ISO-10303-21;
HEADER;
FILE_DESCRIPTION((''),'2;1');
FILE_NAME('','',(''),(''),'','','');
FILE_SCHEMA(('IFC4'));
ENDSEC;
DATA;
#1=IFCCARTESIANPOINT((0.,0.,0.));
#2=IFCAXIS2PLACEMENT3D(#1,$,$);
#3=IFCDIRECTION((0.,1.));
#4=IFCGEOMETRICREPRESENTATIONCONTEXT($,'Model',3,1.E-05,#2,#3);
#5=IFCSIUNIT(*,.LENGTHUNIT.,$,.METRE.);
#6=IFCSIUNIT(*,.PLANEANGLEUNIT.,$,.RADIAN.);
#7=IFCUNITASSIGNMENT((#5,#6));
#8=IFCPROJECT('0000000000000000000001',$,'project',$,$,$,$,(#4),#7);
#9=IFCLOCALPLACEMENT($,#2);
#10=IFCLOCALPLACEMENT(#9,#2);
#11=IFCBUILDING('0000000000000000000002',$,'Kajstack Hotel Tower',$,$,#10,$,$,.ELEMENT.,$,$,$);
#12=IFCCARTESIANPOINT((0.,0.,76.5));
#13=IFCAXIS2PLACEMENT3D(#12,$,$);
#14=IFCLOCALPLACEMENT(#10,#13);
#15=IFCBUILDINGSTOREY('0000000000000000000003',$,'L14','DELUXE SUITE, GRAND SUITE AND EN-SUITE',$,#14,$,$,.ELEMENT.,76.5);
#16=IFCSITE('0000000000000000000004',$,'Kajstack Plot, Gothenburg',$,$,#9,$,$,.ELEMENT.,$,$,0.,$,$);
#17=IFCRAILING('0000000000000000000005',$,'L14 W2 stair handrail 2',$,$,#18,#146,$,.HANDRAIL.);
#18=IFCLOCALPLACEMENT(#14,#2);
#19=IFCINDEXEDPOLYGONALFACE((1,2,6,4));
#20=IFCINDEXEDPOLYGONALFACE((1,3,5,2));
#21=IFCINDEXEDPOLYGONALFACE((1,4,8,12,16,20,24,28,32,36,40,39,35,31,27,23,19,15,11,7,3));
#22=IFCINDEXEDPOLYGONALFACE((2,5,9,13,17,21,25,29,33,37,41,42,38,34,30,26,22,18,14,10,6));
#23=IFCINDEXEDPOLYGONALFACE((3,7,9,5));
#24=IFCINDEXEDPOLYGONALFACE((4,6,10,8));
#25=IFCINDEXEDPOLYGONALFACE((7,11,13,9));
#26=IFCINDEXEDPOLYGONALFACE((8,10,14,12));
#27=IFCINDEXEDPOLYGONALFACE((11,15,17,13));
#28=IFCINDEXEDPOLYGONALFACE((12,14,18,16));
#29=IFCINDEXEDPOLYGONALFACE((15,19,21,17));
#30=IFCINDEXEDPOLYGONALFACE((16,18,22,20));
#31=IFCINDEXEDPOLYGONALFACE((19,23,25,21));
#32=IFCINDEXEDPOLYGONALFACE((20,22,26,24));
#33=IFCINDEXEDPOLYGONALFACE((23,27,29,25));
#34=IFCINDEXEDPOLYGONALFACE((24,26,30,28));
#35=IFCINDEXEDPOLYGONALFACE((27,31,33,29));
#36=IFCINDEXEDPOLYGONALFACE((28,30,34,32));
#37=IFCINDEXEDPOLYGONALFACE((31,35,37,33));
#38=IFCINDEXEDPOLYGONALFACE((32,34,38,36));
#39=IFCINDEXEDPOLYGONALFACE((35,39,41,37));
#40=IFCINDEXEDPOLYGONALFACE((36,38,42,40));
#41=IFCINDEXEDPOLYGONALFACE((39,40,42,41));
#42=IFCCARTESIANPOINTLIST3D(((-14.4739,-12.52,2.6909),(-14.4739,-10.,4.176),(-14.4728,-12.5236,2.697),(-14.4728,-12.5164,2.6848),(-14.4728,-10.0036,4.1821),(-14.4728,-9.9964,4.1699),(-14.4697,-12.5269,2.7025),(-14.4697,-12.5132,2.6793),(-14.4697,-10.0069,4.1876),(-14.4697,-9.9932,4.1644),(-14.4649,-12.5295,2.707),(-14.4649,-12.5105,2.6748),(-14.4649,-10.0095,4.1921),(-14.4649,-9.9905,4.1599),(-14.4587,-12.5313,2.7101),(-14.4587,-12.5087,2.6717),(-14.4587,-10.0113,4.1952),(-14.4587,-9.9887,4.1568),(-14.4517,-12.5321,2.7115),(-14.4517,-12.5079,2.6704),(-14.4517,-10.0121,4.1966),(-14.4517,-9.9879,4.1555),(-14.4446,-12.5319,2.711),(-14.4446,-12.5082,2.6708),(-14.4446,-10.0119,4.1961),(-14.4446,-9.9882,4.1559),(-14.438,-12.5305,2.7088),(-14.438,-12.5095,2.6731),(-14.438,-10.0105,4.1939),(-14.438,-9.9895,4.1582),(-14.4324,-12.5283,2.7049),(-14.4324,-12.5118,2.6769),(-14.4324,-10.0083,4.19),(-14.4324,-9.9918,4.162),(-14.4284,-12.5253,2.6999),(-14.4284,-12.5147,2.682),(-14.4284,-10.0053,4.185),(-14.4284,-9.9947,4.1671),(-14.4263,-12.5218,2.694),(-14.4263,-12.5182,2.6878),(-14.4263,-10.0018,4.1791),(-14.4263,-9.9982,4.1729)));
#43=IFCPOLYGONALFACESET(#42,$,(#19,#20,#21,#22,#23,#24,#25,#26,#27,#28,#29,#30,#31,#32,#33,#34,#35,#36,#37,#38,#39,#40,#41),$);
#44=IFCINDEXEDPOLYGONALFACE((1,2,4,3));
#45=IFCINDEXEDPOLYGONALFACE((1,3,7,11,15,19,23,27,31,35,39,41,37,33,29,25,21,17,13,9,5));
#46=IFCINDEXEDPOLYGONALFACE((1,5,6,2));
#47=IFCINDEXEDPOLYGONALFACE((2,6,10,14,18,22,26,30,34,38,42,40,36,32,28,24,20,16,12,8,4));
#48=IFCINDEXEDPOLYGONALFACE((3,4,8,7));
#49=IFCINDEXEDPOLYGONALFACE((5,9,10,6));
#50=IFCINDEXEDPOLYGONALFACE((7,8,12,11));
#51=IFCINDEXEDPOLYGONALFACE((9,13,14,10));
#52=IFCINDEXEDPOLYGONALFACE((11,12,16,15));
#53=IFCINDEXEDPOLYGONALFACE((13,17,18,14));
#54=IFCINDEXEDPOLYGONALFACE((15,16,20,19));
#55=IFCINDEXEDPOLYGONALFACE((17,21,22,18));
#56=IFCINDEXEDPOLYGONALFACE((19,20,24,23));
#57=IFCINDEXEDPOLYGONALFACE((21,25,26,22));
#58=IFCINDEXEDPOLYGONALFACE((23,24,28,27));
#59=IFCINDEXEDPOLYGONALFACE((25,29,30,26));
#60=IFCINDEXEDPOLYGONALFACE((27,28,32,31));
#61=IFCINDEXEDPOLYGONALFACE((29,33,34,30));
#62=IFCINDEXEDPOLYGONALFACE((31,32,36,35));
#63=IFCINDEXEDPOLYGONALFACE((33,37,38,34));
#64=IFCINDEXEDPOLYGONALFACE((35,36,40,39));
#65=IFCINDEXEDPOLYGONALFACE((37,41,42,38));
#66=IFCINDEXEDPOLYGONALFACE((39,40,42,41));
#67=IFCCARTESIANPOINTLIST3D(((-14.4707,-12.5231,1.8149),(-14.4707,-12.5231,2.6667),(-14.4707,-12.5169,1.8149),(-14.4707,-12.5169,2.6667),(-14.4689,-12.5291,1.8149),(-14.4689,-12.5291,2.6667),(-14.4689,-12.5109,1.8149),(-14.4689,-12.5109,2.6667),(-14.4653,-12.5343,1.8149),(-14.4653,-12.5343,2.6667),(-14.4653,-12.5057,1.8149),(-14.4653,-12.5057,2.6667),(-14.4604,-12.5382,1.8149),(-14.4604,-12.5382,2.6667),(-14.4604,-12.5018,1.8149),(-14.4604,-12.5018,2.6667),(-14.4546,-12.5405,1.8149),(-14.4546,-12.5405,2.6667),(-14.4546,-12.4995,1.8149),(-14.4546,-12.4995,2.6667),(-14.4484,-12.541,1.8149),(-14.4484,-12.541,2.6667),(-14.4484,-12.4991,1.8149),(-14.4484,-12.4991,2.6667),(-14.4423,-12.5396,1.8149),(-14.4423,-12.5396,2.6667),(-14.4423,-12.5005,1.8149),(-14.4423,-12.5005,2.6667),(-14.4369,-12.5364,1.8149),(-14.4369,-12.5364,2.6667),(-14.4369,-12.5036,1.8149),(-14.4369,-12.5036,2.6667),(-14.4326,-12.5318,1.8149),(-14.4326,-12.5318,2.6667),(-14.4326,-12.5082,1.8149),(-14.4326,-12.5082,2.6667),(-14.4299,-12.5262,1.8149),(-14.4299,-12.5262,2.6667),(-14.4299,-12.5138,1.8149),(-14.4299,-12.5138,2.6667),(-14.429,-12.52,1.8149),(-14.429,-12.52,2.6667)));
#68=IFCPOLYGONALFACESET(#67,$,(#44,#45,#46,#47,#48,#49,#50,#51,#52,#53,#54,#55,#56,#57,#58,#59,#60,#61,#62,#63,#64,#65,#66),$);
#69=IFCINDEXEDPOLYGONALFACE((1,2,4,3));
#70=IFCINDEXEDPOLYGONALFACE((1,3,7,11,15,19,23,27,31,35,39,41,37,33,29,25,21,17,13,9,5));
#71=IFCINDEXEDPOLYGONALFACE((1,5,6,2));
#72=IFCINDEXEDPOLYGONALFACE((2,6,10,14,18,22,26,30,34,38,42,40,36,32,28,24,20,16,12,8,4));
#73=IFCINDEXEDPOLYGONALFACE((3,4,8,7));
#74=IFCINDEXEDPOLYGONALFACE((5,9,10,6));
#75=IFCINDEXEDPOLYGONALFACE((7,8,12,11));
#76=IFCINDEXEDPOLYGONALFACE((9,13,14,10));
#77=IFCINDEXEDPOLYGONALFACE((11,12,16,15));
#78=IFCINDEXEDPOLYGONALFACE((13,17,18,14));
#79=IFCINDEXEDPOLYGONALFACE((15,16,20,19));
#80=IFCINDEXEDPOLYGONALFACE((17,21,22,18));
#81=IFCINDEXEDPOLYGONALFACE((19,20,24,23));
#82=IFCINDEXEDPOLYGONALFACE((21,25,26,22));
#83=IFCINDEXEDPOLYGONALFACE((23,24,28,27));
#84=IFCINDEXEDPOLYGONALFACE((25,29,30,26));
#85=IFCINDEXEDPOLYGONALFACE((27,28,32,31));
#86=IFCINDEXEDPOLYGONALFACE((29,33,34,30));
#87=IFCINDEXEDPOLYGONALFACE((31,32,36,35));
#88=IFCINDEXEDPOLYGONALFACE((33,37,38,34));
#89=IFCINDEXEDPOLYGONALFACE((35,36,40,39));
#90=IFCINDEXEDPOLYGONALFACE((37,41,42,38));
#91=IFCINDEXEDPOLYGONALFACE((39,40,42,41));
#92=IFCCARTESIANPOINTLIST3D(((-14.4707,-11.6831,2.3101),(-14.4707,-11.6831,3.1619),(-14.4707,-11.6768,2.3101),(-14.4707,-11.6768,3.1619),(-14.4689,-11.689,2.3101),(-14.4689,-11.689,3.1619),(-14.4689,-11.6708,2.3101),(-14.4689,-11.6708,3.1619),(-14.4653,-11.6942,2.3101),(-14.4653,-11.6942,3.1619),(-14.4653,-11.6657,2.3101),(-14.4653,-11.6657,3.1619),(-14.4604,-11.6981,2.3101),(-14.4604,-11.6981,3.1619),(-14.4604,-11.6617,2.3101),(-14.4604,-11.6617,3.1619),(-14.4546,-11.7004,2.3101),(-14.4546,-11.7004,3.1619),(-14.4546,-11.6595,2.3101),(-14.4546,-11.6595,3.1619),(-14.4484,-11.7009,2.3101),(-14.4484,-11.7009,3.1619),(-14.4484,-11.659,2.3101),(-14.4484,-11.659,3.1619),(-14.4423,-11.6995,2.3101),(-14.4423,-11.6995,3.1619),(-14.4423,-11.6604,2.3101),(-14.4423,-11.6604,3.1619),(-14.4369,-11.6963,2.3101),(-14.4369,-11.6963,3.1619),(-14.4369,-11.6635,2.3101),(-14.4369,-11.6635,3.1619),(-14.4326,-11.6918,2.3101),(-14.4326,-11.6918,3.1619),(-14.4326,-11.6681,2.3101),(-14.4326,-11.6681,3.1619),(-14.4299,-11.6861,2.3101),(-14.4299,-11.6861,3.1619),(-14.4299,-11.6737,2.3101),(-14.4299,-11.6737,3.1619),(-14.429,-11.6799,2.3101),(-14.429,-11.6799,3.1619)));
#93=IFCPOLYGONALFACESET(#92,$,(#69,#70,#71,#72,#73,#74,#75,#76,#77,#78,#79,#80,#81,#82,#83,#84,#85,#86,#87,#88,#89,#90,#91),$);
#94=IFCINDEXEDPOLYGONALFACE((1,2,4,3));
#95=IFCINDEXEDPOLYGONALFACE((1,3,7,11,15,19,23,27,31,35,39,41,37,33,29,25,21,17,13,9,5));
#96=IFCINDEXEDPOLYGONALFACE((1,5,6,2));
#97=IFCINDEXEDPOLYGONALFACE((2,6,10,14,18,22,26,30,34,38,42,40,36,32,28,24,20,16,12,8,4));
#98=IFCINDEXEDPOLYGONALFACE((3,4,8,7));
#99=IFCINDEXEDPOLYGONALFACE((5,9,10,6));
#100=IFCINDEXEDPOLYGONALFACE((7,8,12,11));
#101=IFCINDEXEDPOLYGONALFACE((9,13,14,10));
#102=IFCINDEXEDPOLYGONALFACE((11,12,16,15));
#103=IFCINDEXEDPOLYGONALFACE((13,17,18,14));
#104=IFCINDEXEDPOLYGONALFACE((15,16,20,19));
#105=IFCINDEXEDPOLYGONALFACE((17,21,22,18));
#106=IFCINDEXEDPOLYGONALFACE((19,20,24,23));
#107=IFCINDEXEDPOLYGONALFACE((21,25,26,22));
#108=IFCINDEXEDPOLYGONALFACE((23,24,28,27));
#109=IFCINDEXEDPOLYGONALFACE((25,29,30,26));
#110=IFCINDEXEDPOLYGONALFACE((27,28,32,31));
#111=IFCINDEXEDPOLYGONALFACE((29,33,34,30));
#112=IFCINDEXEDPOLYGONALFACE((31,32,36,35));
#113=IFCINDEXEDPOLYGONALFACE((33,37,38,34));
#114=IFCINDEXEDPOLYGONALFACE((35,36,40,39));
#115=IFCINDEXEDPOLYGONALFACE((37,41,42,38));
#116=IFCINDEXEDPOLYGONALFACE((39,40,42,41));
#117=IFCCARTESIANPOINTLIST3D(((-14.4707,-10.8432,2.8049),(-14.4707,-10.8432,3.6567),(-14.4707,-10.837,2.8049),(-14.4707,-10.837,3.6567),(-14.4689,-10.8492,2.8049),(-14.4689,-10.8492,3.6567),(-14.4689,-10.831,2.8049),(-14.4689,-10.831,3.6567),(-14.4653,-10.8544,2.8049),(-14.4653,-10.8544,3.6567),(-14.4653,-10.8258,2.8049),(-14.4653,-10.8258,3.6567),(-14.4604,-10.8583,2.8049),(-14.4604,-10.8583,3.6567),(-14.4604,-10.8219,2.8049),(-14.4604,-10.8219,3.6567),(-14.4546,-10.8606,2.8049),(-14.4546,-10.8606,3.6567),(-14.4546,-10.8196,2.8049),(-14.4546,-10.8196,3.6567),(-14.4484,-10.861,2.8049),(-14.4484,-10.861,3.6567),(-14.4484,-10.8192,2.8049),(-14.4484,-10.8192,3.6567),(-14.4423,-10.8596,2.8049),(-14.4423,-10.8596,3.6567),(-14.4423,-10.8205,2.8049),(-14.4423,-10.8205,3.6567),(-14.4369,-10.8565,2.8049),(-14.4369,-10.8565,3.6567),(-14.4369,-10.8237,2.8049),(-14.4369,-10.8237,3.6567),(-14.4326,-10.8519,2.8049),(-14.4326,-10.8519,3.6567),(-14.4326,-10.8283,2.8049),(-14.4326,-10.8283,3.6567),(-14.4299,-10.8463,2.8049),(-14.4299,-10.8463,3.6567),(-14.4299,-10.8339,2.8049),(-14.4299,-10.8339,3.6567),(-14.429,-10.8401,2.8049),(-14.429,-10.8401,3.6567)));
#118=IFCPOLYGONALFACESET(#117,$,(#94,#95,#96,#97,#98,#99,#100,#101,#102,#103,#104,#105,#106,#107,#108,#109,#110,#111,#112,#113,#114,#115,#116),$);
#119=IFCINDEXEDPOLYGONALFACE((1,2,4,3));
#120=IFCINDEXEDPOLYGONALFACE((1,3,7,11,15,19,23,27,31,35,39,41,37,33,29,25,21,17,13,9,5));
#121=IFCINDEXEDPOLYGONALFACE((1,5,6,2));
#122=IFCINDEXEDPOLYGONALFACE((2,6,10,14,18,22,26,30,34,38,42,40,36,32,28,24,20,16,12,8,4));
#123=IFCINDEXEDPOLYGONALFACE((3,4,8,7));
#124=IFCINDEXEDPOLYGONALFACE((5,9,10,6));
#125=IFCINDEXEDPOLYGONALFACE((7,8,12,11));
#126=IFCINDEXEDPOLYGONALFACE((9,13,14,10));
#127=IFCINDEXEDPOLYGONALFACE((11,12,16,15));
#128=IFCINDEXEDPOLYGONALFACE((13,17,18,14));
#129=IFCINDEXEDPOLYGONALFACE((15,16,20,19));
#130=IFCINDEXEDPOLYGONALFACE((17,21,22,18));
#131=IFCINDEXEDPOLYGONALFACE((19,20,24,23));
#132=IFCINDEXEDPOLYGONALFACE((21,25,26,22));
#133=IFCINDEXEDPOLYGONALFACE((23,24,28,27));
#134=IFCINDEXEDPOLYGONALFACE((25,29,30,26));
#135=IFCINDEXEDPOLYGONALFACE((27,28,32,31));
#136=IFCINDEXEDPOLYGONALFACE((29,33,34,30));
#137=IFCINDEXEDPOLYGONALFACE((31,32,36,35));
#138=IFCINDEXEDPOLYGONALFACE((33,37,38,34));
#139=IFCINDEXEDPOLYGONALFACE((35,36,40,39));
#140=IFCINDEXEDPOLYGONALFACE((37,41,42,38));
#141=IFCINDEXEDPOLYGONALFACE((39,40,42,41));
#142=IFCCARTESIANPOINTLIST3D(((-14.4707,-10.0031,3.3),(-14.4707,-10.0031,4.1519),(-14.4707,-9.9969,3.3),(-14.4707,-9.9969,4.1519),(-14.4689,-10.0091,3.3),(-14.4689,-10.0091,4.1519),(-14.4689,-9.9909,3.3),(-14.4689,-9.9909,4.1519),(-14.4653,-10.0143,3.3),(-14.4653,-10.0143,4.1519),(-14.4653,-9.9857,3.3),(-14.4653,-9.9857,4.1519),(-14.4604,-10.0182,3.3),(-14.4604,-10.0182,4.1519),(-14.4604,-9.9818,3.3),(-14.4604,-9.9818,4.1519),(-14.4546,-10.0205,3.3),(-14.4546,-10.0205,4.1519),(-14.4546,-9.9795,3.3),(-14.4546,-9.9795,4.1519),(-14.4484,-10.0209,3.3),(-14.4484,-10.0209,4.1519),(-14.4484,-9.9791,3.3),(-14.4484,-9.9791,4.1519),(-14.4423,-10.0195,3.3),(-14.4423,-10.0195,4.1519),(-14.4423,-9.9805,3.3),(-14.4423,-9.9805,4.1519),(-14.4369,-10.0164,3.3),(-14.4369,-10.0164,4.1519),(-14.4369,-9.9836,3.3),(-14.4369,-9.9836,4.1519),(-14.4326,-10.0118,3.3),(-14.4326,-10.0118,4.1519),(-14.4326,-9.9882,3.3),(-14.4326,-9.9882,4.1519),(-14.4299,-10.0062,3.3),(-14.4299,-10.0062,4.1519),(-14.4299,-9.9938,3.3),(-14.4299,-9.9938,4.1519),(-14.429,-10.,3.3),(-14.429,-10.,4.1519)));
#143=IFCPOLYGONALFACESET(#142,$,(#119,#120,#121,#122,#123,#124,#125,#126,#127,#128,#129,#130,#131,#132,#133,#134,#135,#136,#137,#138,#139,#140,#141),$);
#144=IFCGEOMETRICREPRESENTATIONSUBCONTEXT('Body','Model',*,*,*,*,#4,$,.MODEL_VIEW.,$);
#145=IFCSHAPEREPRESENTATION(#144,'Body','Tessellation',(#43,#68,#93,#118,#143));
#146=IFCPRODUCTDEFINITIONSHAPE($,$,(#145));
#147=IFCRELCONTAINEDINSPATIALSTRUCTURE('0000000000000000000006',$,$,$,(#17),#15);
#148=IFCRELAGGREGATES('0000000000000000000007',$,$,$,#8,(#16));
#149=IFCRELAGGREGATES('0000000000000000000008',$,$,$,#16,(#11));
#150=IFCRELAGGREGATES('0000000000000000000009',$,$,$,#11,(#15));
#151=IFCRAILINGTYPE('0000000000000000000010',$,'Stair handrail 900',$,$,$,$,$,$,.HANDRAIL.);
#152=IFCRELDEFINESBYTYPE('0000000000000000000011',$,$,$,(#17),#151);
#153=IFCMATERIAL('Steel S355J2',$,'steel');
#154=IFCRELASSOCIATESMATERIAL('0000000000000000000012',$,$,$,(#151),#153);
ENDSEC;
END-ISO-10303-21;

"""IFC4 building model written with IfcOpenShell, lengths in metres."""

from ifc_helpers import new_model, si_unit, direction, frame, origin, origin_2d, place, context, subcontext, project, spatial, circle, extrude, material, type_object, element, save


model = new_model("IFC4")

# Units and contexts
model_context = context("Model", 3, precision=1e-05, world=origin(), true_north=direction((0.0, 1.0)))
body_context = subcontext(model_context, "Body", "Model", "MODEL_VIEW")
ifc_project = project(units=[si_unit("LENGTHUNIT", "METRE"), si_unit("PLANEANGLEUNIT", "RADIAN")], contexts=[model_context])

# Site, building, storey
site_placement = place(None, origin())
site = spatial("IfcSite", under=ifc_project, at=site_placement, Name="Kajstack Plot, Gothenburg", CompositionType="ELEMENT", RefElevation=0.0)
building_placement = place(site_placement, origin())
building = spatial("IfcBuilding", under=site, at=building_placement, Name="Kajstack Hotel Tower", CompositionType="ELEMENT")
storey_placement = place(building_placement, frame((0.0, 0.0, 76.5)))
storey = spatial("IfcBuildingStorey", under=building, at=storey_placement, Name="L14", Description="DELUXE SUITE, GRAND SUITE AND EN-SUITE", CompositionType="ELEMENT", Elevation=76.5)

# Railing
ifc_material_1 = material(Name="Steel S355J2", Category="steel")
railing_type_1 = type_object("IfcRailingType", Name="Stair handrail 900", PredefinedType="HANDRAIL", material=ifc_material_1)
railing_1_placement = place(storey_placement, frame((-14.45, -12.52, 1.8149)))
element("IfcRailing", 1, at=railing_1_placement, inside=storey, type_object=railing_type_1, Name="L14 W2 stair handrail 2", PredefinedType="HANDRAIL", context=body_context, shape_type="SweptSolid", body=[
    extrude(circle(Radius=0.0239, at=origin_2d()), frame((0.0, 0.0, 0.876), z_axis=(0.0, 0.861524, 0.507717), x_axis=(-1.0, 0.0, 0.0)), (0.0, 0.0, 1.0), 2.925),
    extrude(circle(Radius=0.021, at=origin_2d()), origin(), (0.0, 0.0, 1.0), 0.8518),
    extrude(circle(Radius=0.021, at=origin_2d()), frame((0.0, 0.8401, 0.4951)), (0.0, 0.0, 1.0), 0.8518),
    extrude(circle(Radius=0.021, at=origin_2d()), frame((0.0, 1.6799, 0.99)), (0.0, 0.0, 1.0), 0.8518),
    extrude(circle(Radius=0.021, at=origin_2d()), frame((0.0, 2.52, 1.4851)), (0.0, 0.0, 1.0), 0.8518),
])

save(model, "model.ifc")
